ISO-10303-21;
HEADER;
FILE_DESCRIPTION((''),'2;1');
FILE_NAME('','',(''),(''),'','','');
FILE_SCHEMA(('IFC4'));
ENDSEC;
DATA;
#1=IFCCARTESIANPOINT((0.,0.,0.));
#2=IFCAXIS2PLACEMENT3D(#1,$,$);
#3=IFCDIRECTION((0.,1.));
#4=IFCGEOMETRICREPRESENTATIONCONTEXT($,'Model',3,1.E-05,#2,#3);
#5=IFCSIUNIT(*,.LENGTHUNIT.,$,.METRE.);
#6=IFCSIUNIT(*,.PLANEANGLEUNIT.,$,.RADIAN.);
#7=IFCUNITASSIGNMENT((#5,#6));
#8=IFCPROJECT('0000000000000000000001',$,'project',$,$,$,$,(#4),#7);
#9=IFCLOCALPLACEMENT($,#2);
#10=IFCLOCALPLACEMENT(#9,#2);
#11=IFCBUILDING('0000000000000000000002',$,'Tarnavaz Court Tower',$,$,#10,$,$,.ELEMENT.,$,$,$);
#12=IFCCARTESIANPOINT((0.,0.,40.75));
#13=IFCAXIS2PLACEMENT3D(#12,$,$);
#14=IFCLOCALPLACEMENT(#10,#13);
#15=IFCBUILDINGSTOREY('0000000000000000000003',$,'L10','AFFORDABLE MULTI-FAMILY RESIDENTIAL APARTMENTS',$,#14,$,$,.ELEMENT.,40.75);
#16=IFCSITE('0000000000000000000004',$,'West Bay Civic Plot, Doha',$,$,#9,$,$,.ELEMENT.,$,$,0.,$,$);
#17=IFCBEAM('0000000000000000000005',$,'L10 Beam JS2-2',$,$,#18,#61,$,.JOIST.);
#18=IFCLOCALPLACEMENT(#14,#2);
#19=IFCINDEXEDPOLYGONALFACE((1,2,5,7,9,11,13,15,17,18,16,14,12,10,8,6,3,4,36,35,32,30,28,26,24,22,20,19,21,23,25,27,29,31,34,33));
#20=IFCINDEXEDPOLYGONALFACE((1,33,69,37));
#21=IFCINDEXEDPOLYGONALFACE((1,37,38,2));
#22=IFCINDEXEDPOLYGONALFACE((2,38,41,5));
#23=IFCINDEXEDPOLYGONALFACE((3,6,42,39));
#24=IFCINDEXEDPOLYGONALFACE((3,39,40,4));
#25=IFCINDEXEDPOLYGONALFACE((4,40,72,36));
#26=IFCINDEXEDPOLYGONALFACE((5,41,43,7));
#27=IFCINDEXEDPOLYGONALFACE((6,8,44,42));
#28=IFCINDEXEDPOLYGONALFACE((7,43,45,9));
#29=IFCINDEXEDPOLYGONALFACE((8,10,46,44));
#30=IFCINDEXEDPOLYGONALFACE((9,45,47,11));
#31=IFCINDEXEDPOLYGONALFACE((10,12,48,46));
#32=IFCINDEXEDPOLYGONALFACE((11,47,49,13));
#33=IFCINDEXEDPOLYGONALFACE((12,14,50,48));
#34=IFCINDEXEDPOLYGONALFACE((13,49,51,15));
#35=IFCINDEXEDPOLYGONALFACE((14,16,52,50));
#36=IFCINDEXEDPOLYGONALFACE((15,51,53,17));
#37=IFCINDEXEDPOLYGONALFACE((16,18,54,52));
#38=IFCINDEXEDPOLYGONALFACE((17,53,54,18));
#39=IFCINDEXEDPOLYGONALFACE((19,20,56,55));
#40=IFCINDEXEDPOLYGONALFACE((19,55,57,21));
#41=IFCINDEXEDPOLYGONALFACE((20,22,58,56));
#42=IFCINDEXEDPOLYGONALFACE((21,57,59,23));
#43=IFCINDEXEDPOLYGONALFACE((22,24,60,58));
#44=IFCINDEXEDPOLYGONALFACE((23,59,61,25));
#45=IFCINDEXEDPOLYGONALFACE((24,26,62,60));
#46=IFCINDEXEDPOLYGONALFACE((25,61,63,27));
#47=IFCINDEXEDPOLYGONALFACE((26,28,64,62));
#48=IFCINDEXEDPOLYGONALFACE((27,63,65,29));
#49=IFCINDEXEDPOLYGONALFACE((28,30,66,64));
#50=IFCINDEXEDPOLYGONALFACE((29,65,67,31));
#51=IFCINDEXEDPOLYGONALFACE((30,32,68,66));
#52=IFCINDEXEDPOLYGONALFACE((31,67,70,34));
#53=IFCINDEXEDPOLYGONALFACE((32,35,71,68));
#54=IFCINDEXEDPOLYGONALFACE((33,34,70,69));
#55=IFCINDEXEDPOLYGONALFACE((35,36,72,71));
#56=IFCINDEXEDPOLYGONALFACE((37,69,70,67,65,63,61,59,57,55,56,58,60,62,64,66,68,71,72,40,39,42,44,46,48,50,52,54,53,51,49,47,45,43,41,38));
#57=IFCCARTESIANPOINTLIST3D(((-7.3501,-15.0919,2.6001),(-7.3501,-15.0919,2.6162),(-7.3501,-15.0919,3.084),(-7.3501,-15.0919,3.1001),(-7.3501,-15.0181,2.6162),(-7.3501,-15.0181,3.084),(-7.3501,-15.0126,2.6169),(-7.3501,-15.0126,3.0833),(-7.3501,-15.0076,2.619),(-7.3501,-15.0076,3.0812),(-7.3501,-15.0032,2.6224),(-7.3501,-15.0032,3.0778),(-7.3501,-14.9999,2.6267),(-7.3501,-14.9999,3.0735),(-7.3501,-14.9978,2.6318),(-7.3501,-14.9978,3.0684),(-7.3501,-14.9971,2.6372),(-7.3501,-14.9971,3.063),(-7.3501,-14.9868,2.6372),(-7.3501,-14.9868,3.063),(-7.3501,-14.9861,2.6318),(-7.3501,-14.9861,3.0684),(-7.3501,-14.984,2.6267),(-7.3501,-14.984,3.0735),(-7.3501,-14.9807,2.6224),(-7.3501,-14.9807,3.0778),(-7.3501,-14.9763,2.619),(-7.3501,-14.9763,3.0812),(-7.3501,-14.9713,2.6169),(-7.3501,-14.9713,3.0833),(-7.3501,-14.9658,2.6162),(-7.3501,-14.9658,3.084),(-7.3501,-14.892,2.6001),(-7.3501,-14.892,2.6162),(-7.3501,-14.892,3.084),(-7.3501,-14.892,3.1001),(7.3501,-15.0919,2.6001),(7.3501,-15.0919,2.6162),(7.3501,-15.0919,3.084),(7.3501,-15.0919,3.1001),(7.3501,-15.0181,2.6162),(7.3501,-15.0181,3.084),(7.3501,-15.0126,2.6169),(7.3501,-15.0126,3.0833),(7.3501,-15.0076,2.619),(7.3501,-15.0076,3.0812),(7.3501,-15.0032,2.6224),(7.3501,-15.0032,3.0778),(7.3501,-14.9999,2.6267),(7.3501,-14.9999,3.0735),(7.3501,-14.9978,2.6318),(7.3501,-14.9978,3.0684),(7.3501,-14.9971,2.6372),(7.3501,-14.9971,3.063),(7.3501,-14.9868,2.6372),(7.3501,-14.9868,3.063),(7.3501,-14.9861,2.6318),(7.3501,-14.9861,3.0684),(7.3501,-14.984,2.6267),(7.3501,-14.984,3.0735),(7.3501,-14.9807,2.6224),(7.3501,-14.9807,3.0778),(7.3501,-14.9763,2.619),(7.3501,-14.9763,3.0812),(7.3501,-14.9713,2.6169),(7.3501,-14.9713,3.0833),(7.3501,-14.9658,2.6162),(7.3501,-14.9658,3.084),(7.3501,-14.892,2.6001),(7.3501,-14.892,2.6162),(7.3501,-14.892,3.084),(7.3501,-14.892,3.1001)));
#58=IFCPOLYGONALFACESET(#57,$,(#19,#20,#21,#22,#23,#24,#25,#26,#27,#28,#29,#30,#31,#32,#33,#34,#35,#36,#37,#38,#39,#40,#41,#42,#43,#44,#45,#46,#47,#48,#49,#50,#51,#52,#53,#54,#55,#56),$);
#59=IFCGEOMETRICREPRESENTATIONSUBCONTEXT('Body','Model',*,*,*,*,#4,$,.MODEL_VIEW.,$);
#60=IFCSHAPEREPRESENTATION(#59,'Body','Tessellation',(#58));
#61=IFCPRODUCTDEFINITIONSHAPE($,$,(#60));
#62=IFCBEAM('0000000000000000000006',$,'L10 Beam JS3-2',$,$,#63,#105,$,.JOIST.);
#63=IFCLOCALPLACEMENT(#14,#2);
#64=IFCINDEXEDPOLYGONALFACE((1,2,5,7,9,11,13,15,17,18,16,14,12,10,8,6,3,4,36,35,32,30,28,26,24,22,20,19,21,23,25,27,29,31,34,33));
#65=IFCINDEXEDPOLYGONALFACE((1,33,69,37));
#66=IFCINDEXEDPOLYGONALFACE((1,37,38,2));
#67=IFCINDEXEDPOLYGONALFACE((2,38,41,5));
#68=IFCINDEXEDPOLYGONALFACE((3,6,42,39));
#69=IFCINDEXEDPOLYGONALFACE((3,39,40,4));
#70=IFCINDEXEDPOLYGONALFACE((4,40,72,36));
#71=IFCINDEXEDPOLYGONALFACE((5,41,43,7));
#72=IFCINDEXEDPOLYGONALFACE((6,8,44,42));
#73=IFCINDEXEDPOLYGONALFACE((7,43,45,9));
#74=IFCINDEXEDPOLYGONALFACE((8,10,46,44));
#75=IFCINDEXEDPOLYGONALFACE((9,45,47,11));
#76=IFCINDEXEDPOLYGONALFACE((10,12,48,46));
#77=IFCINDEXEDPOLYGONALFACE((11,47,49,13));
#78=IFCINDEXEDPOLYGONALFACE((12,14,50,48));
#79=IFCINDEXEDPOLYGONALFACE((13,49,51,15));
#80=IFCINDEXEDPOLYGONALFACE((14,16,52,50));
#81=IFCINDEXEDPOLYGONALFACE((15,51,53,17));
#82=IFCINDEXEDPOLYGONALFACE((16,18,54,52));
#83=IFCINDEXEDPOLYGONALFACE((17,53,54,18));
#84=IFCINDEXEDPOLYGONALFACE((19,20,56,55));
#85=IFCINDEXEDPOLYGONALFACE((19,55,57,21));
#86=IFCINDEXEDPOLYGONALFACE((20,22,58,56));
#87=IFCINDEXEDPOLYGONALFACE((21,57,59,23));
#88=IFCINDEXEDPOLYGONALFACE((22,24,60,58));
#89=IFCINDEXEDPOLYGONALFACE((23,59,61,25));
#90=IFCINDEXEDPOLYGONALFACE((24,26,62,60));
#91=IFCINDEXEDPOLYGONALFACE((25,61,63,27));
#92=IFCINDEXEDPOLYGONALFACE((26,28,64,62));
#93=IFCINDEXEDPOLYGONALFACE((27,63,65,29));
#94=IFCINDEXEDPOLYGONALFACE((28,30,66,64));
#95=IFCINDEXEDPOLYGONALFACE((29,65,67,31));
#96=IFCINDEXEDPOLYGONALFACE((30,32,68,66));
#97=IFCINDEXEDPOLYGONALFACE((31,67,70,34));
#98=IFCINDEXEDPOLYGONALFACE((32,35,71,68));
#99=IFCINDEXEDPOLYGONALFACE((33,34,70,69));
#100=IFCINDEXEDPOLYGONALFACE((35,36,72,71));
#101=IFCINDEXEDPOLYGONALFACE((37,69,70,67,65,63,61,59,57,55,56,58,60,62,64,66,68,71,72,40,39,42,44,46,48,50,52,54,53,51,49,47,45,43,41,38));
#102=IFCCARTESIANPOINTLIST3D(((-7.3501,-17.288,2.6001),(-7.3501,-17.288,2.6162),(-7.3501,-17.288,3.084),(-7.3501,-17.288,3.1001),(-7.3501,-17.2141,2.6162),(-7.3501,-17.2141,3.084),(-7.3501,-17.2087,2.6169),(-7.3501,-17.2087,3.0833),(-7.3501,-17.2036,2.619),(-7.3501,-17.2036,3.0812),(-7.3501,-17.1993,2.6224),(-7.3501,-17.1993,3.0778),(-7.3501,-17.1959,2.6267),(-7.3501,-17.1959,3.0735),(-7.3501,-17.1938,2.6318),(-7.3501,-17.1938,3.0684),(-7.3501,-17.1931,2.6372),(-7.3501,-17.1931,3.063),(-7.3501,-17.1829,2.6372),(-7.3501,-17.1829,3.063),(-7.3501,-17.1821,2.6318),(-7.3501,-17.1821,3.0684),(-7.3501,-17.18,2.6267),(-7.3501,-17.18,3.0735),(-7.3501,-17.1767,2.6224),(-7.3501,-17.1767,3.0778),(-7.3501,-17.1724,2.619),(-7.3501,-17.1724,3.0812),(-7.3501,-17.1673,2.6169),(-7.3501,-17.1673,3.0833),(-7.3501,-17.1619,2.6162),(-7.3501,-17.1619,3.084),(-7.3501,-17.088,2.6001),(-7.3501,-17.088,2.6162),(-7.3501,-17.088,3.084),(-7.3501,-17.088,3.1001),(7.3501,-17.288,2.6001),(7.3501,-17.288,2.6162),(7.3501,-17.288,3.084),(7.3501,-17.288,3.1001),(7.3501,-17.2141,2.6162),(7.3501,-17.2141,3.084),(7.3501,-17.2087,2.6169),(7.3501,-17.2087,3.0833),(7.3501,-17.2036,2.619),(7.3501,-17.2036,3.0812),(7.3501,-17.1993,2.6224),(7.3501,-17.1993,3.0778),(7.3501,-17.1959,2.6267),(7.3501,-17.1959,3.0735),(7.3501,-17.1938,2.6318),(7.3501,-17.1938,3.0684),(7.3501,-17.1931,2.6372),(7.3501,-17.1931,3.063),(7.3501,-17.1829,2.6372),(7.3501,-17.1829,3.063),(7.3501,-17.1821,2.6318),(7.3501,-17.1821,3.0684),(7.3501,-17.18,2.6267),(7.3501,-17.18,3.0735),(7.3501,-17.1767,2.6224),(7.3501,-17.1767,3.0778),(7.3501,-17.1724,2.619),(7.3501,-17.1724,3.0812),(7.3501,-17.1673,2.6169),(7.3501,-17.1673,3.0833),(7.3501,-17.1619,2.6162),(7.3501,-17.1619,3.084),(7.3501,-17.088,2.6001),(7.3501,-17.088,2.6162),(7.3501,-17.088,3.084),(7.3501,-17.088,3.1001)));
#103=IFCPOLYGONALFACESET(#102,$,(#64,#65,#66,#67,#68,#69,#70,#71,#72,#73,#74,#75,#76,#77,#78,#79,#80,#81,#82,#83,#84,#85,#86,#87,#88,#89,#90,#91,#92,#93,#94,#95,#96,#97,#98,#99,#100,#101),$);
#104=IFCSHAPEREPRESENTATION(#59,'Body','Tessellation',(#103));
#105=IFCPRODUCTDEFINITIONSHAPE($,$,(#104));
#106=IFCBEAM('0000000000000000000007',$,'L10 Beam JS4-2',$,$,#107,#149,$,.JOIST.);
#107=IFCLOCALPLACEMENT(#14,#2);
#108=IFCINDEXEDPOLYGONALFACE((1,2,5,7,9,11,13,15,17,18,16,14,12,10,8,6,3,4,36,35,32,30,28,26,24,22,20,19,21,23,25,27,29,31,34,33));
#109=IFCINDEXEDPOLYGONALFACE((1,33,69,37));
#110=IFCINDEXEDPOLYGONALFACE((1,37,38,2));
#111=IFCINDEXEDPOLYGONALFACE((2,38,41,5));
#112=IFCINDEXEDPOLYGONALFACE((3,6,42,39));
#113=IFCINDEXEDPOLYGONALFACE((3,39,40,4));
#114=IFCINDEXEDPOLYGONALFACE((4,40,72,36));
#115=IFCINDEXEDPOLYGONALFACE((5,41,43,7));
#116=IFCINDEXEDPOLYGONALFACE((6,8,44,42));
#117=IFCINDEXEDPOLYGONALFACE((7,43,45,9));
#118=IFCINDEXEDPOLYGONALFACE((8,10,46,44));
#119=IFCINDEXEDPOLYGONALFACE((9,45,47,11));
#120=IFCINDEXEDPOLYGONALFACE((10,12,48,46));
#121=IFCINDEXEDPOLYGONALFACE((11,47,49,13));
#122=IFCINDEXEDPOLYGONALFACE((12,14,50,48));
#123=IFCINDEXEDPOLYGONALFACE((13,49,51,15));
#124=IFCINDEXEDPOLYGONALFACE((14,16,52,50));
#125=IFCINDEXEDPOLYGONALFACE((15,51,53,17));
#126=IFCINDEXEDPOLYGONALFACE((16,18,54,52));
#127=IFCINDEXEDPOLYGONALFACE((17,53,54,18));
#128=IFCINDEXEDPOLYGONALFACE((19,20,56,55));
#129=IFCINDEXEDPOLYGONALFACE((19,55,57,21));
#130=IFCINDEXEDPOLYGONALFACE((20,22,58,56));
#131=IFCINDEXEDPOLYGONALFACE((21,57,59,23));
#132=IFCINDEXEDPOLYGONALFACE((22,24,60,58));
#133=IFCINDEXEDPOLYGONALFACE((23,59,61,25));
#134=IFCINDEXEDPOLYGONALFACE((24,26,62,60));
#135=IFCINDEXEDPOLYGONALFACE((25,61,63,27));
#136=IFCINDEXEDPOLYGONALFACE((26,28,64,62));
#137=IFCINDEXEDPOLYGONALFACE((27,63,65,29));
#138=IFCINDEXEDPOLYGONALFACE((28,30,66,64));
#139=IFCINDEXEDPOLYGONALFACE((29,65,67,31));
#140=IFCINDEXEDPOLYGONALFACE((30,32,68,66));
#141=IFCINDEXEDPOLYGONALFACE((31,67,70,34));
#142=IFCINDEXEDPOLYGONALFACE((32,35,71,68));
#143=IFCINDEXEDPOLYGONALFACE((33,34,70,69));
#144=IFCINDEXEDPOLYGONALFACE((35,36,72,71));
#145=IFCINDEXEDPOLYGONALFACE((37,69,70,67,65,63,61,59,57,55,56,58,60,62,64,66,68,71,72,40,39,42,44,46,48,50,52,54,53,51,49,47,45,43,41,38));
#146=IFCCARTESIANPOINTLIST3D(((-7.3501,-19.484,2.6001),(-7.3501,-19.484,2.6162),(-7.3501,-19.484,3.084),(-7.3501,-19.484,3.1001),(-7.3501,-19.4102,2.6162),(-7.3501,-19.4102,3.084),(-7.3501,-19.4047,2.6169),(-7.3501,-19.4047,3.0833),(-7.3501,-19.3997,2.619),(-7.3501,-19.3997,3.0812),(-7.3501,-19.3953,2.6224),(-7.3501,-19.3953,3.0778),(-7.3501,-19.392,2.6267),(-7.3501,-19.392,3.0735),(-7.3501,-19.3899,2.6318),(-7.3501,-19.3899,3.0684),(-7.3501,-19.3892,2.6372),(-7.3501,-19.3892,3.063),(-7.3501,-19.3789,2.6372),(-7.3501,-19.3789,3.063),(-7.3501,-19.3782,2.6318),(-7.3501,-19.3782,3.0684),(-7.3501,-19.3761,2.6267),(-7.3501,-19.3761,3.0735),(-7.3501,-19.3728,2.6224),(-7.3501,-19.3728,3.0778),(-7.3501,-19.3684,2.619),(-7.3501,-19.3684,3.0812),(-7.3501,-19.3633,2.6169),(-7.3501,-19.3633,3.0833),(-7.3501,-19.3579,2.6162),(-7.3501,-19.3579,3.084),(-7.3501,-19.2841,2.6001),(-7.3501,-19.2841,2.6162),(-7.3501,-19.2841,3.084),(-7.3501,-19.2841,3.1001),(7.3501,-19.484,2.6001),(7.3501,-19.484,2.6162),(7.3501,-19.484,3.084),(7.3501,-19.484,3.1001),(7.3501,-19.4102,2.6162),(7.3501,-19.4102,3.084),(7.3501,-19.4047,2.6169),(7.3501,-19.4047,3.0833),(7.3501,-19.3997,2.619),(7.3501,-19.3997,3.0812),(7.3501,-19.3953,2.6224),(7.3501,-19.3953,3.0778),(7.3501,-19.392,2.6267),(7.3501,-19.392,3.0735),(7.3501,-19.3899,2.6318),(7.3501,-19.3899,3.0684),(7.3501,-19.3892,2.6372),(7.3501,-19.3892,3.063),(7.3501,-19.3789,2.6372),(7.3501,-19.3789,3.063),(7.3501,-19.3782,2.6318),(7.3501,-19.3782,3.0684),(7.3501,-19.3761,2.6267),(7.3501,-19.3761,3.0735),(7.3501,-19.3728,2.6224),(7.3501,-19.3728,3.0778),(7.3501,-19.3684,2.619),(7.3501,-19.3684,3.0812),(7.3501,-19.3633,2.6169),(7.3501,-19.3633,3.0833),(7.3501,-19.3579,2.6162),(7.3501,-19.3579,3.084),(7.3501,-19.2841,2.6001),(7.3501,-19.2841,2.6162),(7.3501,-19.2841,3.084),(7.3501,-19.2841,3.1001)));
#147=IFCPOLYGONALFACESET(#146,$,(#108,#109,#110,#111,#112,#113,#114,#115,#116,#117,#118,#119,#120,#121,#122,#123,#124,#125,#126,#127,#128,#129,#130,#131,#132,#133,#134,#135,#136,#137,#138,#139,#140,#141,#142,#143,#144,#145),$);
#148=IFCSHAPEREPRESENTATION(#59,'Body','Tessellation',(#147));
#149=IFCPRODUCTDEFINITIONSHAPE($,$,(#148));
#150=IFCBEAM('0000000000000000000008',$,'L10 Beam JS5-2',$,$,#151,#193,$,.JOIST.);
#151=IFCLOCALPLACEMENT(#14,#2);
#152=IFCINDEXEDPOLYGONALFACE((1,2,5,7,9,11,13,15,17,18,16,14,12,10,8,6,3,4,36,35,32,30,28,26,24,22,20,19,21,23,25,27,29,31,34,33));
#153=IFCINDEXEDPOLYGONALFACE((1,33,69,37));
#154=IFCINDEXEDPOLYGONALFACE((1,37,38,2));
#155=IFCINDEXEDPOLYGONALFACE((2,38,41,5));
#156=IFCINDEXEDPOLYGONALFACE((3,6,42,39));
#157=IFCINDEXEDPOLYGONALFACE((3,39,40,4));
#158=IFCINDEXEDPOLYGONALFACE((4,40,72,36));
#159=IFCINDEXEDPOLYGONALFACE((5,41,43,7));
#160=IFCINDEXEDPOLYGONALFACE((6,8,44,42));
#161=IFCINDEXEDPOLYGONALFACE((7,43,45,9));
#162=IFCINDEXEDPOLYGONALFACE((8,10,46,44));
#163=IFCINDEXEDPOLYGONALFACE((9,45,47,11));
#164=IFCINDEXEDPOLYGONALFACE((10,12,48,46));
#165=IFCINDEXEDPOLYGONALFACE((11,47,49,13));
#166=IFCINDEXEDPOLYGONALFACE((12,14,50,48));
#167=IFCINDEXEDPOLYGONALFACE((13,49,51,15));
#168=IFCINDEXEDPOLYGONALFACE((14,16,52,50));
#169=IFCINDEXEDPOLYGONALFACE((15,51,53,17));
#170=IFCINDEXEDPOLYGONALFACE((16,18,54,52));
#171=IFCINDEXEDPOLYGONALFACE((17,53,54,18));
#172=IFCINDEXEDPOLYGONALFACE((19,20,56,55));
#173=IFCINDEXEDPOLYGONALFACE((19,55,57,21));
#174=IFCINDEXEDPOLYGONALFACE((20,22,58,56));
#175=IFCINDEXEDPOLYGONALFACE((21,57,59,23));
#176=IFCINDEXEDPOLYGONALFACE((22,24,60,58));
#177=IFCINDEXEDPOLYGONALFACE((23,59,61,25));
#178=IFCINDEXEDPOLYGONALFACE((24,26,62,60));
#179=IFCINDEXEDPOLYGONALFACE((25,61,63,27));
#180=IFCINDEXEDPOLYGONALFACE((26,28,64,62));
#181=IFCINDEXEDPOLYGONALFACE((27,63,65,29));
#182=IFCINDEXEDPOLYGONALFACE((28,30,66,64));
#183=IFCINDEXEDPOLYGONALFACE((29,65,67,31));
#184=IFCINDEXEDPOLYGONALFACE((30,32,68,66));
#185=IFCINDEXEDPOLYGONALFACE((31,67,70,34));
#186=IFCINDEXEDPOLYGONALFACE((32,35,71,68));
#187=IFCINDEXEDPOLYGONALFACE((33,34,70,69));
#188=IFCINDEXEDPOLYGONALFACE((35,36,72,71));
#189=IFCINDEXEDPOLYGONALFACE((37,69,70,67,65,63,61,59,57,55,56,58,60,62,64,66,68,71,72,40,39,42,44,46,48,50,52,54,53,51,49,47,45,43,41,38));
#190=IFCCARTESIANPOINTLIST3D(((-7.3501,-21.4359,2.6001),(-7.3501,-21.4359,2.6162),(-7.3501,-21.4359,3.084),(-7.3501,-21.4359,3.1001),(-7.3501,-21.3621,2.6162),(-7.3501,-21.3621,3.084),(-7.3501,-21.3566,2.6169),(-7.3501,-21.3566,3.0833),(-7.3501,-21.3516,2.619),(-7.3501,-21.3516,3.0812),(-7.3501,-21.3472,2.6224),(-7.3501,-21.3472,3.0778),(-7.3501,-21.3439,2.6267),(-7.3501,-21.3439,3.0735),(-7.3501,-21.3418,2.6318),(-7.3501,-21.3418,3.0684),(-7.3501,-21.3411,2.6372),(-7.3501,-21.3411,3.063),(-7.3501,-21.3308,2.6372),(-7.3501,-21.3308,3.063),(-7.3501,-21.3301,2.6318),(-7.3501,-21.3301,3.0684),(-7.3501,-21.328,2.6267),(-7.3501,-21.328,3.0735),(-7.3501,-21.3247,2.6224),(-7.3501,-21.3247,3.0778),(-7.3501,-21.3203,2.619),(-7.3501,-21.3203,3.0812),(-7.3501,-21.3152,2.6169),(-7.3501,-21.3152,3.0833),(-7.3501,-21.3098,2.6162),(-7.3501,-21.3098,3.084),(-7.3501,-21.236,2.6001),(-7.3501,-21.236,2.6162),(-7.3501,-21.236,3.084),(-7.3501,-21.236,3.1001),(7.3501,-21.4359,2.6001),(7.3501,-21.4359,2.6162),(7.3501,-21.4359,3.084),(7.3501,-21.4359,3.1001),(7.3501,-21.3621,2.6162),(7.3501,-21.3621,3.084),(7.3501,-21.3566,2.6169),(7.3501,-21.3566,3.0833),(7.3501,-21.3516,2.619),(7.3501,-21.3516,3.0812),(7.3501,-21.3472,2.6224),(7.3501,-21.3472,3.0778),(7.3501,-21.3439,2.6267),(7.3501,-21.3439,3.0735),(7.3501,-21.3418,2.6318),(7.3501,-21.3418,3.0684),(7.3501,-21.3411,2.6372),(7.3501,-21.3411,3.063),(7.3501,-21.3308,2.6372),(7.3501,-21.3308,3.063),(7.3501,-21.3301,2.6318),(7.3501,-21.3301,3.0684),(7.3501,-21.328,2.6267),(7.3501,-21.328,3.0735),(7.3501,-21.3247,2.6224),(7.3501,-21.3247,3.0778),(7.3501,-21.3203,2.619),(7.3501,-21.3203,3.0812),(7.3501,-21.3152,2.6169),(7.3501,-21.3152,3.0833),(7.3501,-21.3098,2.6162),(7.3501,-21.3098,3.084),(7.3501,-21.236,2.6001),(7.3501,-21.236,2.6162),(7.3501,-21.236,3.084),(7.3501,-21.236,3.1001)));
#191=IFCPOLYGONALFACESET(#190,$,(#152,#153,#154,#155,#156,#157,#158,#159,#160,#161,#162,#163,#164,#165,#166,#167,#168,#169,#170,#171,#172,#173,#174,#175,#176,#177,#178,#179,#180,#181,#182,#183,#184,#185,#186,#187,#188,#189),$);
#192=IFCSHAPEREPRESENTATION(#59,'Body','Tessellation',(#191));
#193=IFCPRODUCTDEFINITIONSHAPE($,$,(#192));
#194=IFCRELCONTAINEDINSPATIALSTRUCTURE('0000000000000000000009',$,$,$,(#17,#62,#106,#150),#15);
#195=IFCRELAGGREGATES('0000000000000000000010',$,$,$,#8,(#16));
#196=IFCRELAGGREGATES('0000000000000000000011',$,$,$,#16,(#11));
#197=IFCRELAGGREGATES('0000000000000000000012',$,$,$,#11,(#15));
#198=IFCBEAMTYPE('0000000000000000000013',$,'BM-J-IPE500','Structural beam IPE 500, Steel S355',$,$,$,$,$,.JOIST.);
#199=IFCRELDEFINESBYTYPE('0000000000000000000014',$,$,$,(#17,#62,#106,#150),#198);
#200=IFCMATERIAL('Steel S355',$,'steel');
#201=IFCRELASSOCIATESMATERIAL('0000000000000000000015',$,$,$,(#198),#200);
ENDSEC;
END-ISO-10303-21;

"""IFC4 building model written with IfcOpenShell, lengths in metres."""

from ifc_helpers import new_model, si_unit, direction, frame, origin, origin_2d, place, context, subcontext, project, spatial, i_section, extrude, material, material_profile, profile_set, type_object, element, save


model = new_model("IFC4")

# Units and contexts
model_context = context("Model", 3, precision=1e-05, world=origin(), true_north=direction((0.0, 1.0)))
body_context = subcontext(model_context, "Body", "Model", "MODEL_VIEW")
ifc_project = project(units=[si_unit("LENGTHUNIT", "METRE"), si_unit("PLANEANGLEUNIT", "RADIAN")], contexts=[model_context])

# Site, building, storey
site_placement = place(None, origin())
site = spatial("IfcSite", under=ifc_project, at=site_placement, Name="West Bay Civic Plot, Doha", CompositionType="ELEMENT", RefElevation=0.0)
building_placement = place(site_placement, origin())
building = spatial("IfcBuilding", under=site, at=building_placement, Name="Tarnavaz Court Tower", CompositionType="ELEMENT")
storey_placement = place(building_placement, frame((0.0, 0.0, 40.75)))
storey = spatial("IfcBuildingStorey", under=building, at=storey_placement, Name="L10", Description="AFFORDABLE MULTI-FAMILY RESIDENTIAL APARTMENTS", CompositionType="ELEMENT", Elevation=40.75)

# Beams
ifc_material_1 = material(Name="Steel S355", Category="steel")
ifc_material_profile_1 = material_profile(ifc_material_1, i_section(OverallWidth=0.2, OverallDepth=0.5, WebThickness=0.0103, FlangeThickness=0.0161, FilletRadius=0.021, at=origin_2d()), Name="IPE 500")
ifc_profile_set_1 = profile_set([ifc_material_profile_1], Name="Steel S355")
beam_type_1 = type_object("IfcBeamType", Name="BM-J-IPE500", Description="Structural beam IPE 500, Steel S355", PredefinedType="JOIST", material=ifc_profile_set_1)
for number, where, z_axis, x_axis, name in (
    (1, (-7.3501, -14.9919, 2.8501), (1.0, 0.0, 0.0), (0.0, 1.0, 0.0), "L10 Beam JS2-2"),
    (2, (-7.3501, -17.188, 2.8501), (1.0, 0.0, 0.0), (0.0, 1.0, 0.0), "L10 Beam JS3-2"),
    (3, (-7.3501, -19.384, 2.8501), (1.0, 0.0, 0.0), (0.0, 1.0, 0.0), "L10 Beam JS4-2"),
    (4, (-7.3501, -21.3359, 2.8501), (1.0, 0.0, 0.0), (0.0, 1.0, 0.0), "L10 Beam JS5-2"),
):
    element("IfcBeam", number, at=place(storey_placement, frame(where, z_axis=z_axis, x_axis=x_axis)), inside=storey, type_object=beam_type_1, Name=name, PredefinedType="JOIST", context=body_context, shape_type="SweptSolid", body=[
        extrude(i_section(OverallWidth=0.2, OverallDepth=0.5, WebThickness=0.0103, FlangeThickness=0.0161, FilletRadius=0.021, at=origin_2d()), origin(), (0.0, 0.0, 1.0), 14.7002),
    ])

save(model, "model.ifc")
